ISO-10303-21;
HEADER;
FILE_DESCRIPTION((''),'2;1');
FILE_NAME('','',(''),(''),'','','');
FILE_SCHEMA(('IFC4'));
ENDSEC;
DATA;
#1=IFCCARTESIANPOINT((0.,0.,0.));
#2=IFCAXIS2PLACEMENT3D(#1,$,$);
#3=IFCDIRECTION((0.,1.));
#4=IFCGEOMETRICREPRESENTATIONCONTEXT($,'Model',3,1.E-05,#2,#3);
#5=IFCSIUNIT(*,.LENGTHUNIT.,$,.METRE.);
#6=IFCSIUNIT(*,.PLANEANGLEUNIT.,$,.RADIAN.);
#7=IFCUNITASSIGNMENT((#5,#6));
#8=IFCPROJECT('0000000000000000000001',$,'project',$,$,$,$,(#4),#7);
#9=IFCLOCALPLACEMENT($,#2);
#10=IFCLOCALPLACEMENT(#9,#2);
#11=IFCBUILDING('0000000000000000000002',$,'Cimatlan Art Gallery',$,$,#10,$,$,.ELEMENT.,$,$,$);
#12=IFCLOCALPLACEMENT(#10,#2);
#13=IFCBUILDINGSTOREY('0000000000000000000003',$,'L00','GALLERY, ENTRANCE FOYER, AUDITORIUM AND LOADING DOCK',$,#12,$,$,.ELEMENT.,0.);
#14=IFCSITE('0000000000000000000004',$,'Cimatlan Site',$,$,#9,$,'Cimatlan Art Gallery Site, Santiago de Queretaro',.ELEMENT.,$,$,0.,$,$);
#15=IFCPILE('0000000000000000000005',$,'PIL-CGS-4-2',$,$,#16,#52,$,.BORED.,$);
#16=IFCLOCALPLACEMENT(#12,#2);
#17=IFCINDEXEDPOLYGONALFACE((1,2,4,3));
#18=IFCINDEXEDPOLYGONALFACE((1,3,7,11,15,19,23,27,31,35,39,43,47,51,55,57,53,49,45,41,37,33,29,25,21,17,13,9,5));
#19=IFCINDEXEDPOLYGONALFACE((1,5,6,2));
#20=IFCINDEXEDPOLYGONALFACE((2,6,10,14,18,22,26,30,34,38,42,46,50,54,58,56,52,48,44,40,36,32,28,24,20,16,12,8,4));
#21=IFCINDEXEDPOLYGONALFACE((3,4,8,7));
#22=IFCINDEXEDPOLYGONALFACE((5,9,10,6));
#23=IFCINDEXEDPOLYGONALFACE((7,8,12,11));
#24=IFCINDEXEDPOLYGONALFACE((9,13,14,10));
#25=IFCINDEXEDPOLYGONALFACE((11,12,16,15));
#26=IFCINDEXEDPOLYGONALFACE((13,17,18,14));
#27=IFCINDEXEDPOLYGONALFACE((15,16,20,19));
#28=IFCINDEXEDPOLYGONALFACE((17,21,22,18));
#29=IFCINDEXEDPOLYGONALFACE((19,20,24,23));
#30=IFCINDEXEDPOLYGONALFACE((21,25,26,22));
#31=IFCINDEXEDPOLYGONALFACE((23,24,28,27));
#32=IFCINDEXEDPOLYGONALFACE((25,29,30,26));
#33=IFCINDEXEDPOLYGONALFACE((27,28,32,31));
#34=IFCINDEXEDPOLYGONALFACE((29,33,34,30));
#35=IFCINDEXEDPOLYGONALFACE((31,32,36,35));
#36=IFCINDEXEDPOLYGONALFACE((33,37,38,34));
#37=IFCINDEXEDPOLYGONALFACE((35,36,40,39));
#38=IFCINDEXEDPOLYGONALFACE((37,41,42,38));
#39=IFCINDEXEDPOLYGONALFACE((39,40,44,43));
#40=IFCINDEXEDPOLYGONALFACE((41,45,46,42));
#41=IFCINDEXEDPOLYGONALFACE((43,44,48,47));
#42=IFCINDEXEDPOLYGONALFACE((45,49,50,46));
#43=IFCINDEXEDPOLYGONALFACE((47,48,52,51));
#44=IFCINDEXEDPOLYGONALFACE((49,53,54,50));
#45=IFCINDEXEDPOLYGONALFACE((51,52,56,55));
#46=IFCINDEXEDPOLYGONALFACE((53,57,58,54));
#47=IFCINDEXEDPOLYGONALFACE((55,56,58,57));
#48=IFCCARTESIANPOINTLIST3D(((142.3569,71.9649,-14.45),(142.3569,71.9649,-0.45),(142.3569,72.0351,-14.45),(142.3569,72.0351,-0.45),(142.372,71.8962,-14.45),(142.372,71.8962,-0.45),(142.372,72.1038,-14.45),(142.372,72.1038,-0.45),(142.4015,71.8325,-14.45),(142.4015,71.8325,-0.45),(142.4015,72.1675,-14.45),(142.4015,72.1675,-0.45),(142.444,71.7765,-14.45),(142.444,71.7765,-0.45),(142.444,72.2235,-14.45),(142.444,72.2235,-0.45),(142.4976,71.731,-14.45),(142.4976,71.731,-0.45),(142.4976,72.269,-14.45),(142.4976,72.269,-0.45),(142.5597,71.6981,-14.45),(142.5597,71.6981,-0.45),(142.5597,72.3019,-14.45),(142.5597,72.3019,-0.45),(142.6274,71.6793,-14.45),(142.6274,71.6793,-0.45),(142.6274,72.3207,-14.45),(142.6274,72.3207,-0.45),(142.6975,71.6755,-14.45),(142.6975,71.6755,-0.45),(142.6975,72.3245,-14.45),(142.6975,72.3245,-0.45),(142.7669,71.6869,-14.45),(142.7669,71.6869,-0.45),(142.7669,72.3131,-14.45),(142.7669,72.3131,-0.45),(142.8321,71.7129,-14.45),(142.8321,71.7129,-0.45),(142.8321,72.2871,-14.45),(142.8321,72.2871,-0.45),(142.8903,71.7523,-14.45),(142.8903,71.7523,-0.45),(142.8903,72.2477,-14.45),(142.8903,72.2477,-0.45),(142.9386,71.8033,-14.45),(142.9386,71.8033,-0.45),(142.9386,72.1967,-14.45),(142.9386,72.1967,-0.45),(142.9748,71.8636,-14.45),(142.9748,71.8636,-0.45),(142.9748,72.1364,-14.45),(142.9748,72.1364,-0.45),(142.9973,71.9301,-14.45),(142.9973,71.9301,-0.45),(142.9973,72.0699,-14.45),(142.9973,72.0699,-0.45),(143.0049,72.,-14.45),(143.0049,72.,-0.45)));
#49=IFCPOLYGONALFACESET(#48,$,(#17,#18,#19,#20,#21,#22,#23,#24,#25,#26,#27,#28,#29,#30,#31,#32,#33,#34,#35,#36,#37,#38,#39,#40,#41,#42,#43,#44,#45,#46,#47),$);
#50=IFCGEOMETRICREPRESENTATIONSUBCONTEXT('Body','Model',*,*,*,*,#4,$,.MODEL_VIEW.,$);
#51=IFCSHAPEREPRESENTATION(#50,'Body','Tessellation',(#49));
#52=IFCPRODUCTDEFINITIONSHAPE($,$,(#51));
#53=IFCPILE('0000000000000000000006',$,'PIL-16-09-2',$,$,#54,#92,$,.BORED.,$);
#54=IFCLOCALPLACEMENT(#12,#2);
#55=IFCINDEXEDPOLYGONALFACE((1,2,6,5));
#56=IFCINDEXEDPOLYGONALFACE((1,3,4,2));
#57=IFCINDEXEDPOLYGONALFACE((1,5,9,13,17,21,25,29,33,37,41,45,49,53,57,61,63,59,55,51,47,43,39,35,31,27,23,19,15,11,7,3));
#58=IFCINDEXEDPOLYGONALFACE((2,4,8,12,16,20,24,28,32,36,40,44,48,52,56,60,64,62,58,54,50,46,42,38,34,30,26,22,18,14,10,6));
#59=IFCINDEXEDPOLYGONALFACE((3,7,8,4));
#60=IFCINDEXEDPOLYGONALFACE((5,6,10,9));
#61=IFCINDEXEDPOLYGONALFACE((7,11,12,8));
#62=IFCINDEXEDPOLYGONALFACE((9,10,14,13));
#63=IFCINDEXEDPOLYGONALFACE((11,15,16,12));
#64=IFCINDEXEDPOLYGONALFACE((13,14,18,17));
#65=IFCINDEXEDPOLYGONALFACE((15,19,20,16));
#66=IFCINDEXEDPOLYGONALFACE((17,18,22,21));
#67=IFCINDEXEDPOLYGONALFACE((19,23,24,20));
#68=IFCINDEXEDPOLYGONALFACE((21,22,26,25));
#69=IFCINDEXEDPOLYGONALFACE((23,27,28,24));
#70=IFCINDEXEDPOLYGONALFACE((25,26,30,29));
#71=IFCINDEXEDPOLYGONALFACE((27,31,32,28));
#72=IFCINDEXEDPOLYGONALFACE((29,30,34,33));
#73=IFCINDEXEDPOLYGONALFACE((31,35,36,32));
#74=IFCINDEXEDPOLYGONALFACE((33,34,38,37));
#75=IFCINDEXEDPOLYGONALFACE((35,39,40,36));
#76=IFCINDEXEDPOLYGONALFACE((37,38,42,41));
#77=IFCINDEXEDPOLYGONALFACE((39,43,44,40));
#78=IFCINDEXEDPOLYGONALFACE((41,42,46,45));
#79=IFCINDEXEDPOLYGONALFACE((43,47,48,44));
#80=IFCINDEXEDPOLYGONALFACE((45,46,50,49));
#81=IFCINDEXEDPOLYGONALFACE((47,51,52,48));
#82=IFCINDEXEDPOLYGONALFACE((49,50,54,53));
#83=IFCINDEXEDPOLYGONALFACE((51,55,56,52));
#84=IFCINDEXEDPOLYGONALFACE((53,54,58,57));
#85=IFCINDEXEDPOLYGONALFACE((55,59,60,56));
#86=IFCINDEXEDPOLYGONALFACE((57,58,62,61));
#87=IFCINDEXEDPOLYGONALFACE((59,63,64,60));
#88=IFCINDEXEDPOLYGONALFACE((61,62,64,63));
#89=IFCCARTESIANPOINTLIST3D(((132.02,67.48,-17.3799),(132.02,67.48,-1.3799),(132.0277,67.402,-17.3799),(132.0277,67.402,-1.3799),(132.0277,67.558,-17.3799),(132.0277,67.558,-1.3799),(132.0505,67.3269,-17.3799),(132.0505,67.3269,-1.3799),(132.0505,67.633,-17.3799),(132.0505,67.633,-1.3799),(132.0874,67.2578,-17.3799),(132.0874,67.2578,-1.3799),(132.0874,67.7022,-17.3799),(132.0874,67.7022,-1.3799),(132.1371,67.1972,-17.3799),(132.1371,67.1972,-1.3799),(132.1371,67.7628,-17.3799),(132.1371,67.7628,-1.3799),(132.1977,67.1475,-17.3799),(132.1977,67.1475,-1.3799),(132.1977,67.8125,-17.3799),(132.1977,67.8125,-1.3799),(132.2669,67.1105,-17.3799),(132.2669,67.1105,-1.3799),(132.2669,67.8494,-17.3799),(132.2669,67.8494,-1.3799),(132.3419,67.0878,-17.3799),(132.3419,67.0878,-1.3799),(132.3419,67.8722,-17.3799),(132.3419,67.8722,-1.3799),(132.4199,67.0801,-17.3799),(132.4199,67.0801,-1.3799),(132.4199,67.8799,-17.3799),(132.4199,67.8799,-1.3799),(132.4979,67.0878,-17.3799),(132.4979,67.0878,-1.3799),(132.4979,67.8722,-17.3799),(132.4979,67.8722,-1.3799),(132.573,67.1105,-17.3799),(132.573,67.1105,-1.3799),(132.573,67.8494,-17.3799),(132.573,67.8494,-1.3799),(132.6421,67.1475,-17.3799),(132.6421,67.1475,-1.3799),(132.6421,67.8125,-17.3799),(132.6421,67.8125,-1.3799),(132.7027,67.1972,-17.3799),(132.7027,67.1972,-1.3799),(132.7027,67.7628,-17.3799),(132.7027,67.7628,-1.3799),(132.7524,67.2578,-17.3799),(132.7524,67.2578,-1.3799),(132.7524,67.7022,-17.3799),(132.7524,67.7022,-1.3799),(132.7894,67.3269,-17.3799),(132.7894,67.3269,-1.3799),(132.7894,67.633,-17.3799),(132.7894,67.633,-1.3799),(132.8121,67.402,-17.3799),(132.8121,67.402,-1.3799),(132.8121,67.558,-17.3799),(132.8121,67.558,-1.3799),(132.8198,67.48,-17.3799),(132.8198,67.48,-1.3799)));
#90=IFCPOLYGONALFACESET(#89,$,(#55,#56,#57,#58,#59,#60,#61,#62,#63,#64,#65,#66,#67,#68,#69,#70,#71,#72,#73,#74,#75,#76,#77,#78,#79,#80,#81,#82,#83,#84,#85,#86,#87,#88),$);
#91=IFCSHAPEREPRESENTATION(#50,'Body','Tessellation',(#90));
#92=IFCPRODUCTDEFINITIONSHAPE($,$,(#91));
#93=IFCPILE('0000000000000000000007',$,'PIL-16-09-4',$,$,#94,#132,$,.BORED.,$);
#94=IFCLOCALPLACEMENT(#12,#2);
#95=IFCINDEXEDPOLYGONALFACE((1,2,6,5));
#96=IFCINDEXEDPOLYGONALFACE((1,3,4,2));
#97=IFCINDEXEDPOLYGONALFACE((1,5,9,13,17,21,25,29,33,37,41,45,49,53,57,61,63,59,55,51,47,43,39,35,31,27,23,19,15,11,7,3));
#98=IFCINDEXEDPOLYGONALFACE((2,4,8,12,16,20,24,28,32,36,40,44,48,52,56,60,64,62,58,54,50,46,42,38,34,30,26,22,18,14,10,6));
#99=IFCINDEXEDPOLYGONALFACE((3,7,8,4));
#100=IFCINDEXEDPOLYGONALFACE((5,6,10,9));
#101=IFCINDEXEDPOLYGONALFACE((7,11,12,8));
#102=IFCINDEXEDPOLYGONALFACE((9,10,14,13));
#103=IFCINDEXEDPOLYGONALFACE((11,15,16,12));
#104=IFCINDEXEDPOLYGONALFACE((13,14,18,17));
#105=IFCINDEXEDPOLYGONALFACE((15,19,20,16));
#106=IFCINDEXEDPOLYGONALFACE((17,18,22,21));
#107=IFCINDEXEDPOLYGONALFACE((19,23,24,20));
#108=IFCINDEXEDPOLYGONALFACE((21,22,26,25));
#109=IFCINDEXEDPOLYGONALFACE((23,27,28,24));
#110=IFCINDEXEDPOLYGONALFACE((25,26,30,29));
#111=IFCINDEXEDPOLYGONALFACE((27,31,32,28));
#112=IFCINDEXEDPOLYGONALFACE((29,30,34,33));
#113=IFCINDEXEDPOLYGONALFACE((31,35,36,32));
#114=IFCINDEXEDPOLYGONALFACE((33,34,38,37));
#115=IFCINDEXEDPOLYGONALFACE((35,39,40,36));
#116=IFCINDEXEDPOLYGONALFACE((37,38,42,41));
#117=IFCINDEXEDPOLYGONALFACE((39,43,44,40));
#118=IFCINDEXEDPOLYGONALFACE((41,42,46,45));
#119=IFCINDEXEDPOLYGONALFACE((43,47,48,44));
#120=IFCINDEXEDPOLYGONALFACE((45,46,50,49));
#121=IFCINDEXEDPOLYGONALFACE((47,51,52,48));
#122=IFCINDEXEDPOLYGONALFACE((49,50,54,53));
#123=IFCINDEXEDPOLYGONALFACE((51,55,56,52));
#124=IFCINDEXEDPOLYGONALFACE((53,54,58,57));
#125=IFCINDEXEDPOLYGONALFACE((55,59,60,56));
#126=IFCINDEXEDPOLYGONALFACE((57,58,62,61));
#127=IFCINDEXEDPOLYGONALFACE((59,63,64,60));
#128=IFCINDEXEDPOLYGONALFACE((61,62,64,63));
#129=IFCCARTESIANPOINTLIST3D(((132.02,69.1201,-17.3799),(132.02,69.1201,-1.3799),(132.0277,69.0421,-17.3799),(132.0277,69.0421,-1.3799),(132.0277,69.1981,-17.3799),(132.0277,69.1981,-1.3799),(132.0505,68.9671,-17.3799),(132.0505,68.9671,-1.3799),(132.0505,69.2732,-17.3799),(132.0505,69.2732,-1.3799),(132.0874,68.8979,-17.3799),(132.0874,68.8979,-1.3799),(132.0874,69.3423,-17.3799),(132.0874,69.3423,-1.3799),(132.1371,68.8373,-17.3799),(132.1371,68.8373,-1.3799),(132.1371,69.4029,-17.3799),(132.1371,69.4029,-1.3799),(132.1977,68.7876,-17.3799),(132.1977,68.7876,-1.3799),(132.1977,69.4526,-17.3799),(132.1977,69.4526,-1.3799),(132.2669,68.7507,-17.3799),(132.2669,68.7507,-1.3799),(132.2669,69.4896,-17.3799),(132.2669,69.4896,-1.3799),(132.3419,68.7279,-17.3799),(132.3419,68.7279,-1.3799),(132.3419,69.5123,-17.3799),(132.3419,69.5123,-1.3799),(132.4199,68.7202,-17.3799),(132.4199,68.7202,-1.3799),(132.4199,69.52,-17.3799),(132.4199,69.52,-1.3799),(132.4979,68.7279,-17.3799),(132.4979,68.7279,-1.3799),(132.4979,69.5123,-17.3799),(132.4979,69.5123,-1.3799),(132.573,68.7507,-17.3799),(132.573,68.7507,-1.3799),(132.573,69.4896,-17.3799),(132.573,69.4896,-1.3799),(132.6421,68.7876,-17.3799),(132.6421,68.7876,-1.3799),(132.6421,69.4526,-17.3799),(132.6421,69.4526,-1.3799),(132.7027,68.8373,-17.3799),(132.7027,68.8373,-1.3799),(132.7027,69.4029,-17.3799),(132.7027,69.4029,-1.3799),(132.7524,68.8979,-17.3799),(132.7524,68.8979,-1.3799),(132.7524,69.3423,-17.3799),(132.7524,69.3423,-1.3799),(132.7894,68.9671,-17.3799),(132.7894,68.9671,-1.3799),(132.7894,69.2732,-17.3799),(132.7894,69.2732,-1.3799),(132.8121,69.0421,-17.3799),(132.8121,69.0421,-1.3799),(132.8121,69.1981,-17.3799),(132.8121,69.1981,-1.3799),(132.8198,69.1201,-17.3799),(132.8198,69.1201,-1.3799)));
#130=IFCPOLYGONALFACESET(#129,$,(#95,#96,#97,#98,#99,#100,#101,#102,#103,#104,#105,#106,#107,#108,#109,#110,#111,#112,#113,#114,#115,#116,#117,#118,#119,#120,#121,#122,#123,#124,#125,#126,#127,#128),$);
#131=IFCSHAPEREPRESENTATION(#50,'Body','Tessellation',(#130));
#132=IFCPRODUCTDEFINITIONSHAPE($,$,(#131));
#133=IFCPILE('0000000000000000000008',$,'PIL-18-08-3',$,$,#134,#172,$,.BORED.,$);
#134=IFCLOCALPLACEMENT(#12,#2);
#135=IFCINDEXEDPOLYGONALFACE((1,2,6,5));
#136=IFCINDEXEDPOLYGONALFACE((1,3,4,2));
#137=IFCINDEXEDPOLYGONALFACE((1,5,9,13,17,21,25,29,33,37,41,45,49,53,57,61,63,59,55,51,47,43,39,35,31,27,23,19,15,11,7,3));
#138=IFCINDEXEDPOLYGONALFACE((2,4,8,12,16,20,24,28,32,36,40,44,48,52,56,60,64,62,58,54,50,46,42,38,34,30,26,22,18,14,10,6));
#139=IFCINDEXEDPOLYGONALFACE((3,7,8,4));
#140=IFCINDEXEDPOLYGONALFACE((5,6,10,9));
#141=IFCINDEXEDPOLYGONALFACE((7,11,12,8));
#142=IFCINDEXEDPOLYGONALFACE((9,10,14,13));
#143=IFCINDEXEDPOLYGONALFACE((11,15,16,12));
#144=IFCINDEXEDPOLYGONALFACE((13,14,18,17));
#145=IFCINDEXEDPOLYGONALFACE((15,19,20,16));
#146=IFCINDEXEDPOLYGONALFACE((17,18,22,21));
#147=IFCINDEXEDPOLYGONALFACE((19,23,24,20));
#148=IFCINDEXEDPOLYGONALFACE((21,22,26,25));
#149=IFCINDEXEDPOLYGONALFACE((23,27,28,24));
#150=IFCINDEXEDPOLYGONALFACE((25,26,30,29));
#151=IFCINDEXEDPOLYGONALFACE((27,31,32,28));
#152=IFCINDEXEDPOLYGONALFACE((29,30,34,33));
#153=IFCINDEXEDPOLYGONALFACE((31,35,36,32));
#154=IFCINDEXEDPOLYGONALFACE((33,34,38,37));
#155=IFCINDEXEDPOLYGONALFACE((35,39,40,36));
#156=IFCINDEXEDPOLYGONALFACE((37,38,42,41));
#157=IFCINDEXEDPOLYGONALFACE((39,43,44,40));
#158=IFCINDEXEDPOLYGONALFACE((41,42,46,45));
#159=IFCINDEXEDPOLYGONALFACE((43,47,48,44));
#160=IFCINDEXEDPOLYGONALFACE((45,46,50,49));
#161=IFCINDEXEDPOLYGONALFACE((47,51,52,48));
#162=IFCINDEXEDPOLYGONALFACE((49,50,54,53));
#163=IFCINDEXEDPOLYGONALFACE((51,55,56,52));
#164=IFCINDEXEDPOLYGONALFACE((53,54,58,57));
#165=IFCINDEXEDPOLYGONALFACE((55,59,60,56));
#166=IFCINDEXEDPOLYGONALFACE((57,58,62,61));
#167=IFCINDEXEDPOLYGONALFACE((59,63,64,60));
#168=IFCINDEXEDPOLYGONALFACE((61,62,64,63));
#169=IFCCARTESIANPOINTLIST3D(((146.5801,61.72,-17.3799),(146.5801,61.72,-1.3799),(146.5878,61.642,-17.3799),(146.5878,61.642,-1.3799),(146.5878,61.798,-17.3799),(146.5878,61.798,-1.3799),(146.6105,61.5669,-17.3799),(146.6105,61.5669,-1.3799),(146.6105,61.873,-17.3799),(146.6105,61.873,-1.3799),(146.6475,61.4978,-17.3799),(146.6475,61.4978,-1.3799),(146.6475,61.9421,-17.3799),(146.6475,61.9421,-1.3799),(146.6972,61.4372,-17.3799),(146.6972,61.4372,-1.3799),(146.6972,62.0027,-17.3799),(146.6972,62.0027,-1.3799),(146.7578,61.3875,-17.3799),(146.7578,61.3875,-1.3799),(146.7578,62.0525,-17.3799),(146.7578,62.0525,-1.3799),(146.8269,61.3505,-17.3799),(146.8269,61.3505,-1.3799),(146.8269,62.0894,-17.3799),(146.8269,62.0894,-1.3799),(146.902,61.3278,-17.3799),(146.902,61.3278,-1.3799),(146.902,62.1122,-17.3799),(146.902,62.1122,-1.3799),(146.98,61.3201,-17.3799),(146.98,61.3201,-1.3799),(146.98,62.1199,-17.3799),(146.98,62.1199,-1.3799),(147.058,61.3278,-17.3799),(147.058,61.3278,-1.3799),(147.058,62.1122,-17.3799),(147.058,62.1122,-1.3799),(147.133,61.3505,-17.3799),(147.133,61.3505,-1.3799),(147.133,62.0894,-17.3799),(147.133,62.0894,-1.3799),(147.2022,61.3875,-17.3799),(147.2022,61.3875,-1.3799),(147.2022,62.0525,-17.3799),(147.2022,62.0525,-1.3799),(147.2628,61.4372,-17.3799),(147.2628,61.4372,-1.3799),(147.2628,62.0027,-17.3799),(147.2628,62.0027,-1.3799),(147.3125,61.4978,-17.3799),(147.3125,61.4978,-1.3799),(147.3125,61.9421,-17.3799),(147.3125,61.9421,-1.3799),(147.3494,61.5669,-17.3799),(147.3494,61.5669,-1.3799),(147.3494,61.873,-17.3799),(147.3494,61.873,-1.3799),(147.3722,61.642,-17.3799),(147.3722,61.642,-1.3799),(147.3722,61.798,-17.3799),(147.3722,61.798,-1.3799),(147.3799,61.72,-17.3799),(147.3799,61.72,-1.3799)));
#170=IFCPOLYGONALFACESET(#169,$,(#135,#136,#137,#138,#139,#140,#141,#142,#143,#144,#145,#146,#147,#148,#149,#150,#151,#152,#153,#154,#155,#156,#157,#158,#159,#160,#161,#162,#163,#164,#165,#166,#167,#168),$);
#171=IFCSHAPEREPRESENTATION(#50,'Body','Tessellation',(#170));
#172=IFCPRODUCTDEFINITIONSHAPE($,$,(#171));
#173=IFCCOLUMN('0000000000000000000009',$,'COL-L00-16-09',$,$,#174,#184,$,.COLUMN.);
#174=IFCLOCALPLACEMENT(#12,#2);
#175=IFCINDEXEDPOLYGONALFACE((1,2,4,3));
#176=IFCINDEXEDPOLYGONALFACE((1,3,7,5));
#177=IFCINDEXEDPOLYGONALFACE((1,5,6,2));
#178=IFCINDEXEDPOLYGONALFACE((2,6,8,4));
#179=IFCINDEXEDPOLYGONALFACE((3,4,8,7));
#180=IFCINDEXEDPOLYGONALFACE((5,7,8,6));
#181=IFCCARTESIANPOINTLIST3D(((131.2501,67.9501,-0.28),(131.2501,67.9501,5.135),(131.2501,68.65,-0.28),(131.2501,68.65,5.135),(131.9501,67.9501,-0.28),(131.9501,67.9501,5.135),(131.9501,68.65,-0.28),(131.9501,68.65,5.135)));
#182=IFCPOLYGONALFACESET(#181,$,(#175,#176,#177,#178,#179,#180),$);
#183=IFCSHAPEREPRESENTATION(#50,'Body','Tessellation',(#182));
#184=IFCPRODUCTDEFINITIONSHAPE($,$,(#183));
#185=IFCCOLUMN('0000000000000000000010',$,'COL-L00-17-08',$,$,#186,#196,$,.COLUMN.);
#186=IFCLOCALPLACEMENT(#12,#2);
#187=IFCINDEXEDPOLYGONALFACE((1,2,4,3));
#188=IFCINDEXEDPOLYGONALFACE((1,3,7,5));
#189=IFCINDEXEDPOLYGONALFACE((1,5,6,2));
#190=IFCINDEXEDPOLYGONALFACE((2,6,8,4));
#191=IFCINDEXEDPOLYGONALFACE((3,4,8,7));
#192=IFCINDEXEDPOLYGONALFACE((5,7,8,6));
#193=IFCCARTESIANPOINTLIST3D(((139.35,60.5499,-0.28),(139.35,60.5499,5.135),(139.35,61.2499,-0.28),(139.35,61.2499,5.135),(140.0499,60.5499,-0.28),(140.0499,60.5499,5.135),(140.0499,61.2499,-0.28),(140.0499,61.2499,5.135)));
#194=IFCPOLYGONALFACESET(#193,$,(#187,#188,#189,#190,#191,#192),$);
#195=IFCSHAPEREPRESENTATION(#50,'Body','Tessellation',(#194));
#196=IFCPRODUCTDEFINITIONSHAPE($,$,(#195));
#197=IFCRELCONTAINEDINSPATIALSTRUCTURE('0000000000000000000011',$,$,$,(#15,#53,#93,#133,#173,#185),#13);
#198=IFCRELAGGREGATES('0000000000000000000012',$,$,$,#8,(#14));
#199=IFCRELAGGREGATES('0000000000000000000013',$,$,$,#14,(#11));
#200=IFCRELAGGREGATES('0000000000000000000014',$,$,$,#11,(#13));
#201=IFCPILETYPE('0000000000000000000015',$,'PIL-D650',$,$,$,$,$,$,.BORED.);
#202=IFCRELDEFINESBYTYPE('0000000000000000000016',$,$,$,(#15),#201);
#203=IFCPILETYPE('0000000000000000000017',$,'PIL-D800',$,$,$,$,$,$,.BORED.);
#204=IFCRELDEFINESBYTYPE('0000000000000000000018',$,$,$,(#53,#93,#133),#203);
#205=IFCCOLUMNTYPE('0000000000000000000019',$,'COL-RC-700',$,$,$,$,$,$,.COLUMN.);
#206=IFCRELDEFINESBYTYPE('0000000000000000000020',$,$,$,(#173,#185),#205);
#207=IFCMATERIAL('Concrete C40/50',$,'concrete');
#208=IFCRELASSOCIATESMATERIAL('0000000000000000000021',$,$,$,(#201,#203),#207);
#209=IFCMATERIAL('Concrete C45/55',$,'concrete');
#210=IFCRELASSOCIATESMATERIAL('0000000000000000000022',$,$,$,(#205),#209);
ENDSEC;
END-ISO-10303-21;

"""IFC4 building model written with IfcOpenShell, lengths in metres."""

from ifc_helpers import new_model, si_unit, direction, frame, origin, origin_2d, place, context, subcontext, project, spatial, rectangle, circle, extrude, material, material_profile, profile_set, type_object, element, save


model = new_model("IFC4")

# Units and contexts
model_context = context("Model", 3, precision=1e-05, world=origin(), true_north=direction((0.0, 1.0)))
body_context = subcontext(model_context, "Body", "Model", "MODEL_VIEW")
ifc_project = project(units=[si_unit("LENGTHUNIT", "METRE"), si_unit("PLANEANGLEUNIT", "RADIAN")], contexts=[model_context])

# Site, building, storey
site_placement = place(None, origin())
site = spatial("IfcSite", under=ifc_project, at=site_placement, Name="Cimatlan Site", LongName="Cimatlan Art Gallery Site, Santiago de Queretaro", CompositionType="ELEMENT", RefElevation=0.0)
building_placement = place(site_placement, origin())
building = spatial("IfcBuilding", under=site, at=building_placement, Name="Cimatlan Art Gallery", CompositionType="ELEMENT")
storey_placement = place(building_placement, origin())
storey = spatial("IfcBuildingStorey", under=building, at=storey_placement, Name="L00", Description="GALLERY, ENTRANCE FOYER, AUDITORIUM AND LOADING DOCK", CompositionType="ELEMENT", Elevation=0.0)

# Shared definitions
ifc_material_1 = material(Name="Concrete C40/50", Category="concrete")

# Piles
pile_type_1 = type_object("IfcPileType", Name="PIL-D650", PredefinedType="BORED", material=ifc_material_1)
for number, where, z_axis, x_axis, name in (
    (1, (142.6799, 72.0, -0.45), (0.0, 0.0, -1.0), (1.0, 0.0, 0.0), "PIL-CGS-4-2"),
):
    element("IfcPile", number, at=place(storey_placement, frame(where, z_axis=z_axis, x_axis=x_axis)), inside=storey, type_object=pile_type_1, Name=name, PredefinedType="BORED", context=body_context, shape_type="SweptSolid", body=[
        extrude(circle(Radius=0.325, at=origin_2d()), origin(), (0.0, 0.0, 1.0), 14.0),
    ])
pile_type_2 = type_object("IfcPileType", Name="PIL-D800", PredefinedType="BORED", material=ifc_material_1)
for number, where, z_axis, x_axis, name in (
    (2, (132.4199, 67.48, -1.3799), (0.0, 0.0, -1.0), (1.0, 0.0, 0.0), "PIL-16-09-2"),
    (3, (132.4199, 69.1201, -1.3799), (0.0, 0.0, -1.0), (1.0, 0.0, 0.0), "PIL-16-09-4"),
    (4, (146.98, 61.72, -1.3799), (0.0, 0.0, -1.0), (1.0, 0.0, 0.0), "PIL-18-08-3"),
):
    element("IfcPile", number, at=place(storey_placement, frame(where, z_axis=z_axis, x_axis=x_axis)), inside=storey, type_object=pile_type_2, Name=name, PredefinedType="BORED", context=body_context, shape_type="SweptSolid", body=[
        extrude(circle(Radius=0.3999, at=origin_2d()), origin(), (0.0, 0.0, 1.0), 16.0),
    ])

# Columns
ifc_material_2 = material(Name="Concrete C45/55", Category="concrete")
ifc_material_profile_1 = material_profile(ifc_material_2, rectangle(XDim=0.7, YDim=0.7, at=origin_2d()), Name="RC700X700")
ifc_profile_set_1 = profile_set([ifc_material_profile_1], Name="Concrete C45/55")
column_type = type_object("IfcColumnType", Name="COL-RC-700", PredefinedType="COLUMN", material=ifc_profile_set_1)
for number, where, z_axis, x_axis, name in (
    (5, (131.6001, 68.3, -0.28), (0.0, 0.0, 1.0), (1.0, 0.0, 0.0), "COL-L00-16-09"),
    (6, (139.7, 60.8999, -0.28), (0.0, 0.0, 1.0), (1.0, 0.0, 0.0), "COL-L00-17-08"),
):
    element("IfcColumn", number, at=place(storey_placement, frame(where, z_axis=z_axis, x_axis=x_axis)), inside=storey, type_object=column_type, Name=name, PredefinedType="COLUMN", context=body_context, shape_type="SweptSolid", body=[
        extrude(rectangle(XDim=0.7, YDim=0.7, at=origin_2d()), origin(), (0.0, 0.0, 1.0), 5.415),
    ])

save(model, "model.ifc")
